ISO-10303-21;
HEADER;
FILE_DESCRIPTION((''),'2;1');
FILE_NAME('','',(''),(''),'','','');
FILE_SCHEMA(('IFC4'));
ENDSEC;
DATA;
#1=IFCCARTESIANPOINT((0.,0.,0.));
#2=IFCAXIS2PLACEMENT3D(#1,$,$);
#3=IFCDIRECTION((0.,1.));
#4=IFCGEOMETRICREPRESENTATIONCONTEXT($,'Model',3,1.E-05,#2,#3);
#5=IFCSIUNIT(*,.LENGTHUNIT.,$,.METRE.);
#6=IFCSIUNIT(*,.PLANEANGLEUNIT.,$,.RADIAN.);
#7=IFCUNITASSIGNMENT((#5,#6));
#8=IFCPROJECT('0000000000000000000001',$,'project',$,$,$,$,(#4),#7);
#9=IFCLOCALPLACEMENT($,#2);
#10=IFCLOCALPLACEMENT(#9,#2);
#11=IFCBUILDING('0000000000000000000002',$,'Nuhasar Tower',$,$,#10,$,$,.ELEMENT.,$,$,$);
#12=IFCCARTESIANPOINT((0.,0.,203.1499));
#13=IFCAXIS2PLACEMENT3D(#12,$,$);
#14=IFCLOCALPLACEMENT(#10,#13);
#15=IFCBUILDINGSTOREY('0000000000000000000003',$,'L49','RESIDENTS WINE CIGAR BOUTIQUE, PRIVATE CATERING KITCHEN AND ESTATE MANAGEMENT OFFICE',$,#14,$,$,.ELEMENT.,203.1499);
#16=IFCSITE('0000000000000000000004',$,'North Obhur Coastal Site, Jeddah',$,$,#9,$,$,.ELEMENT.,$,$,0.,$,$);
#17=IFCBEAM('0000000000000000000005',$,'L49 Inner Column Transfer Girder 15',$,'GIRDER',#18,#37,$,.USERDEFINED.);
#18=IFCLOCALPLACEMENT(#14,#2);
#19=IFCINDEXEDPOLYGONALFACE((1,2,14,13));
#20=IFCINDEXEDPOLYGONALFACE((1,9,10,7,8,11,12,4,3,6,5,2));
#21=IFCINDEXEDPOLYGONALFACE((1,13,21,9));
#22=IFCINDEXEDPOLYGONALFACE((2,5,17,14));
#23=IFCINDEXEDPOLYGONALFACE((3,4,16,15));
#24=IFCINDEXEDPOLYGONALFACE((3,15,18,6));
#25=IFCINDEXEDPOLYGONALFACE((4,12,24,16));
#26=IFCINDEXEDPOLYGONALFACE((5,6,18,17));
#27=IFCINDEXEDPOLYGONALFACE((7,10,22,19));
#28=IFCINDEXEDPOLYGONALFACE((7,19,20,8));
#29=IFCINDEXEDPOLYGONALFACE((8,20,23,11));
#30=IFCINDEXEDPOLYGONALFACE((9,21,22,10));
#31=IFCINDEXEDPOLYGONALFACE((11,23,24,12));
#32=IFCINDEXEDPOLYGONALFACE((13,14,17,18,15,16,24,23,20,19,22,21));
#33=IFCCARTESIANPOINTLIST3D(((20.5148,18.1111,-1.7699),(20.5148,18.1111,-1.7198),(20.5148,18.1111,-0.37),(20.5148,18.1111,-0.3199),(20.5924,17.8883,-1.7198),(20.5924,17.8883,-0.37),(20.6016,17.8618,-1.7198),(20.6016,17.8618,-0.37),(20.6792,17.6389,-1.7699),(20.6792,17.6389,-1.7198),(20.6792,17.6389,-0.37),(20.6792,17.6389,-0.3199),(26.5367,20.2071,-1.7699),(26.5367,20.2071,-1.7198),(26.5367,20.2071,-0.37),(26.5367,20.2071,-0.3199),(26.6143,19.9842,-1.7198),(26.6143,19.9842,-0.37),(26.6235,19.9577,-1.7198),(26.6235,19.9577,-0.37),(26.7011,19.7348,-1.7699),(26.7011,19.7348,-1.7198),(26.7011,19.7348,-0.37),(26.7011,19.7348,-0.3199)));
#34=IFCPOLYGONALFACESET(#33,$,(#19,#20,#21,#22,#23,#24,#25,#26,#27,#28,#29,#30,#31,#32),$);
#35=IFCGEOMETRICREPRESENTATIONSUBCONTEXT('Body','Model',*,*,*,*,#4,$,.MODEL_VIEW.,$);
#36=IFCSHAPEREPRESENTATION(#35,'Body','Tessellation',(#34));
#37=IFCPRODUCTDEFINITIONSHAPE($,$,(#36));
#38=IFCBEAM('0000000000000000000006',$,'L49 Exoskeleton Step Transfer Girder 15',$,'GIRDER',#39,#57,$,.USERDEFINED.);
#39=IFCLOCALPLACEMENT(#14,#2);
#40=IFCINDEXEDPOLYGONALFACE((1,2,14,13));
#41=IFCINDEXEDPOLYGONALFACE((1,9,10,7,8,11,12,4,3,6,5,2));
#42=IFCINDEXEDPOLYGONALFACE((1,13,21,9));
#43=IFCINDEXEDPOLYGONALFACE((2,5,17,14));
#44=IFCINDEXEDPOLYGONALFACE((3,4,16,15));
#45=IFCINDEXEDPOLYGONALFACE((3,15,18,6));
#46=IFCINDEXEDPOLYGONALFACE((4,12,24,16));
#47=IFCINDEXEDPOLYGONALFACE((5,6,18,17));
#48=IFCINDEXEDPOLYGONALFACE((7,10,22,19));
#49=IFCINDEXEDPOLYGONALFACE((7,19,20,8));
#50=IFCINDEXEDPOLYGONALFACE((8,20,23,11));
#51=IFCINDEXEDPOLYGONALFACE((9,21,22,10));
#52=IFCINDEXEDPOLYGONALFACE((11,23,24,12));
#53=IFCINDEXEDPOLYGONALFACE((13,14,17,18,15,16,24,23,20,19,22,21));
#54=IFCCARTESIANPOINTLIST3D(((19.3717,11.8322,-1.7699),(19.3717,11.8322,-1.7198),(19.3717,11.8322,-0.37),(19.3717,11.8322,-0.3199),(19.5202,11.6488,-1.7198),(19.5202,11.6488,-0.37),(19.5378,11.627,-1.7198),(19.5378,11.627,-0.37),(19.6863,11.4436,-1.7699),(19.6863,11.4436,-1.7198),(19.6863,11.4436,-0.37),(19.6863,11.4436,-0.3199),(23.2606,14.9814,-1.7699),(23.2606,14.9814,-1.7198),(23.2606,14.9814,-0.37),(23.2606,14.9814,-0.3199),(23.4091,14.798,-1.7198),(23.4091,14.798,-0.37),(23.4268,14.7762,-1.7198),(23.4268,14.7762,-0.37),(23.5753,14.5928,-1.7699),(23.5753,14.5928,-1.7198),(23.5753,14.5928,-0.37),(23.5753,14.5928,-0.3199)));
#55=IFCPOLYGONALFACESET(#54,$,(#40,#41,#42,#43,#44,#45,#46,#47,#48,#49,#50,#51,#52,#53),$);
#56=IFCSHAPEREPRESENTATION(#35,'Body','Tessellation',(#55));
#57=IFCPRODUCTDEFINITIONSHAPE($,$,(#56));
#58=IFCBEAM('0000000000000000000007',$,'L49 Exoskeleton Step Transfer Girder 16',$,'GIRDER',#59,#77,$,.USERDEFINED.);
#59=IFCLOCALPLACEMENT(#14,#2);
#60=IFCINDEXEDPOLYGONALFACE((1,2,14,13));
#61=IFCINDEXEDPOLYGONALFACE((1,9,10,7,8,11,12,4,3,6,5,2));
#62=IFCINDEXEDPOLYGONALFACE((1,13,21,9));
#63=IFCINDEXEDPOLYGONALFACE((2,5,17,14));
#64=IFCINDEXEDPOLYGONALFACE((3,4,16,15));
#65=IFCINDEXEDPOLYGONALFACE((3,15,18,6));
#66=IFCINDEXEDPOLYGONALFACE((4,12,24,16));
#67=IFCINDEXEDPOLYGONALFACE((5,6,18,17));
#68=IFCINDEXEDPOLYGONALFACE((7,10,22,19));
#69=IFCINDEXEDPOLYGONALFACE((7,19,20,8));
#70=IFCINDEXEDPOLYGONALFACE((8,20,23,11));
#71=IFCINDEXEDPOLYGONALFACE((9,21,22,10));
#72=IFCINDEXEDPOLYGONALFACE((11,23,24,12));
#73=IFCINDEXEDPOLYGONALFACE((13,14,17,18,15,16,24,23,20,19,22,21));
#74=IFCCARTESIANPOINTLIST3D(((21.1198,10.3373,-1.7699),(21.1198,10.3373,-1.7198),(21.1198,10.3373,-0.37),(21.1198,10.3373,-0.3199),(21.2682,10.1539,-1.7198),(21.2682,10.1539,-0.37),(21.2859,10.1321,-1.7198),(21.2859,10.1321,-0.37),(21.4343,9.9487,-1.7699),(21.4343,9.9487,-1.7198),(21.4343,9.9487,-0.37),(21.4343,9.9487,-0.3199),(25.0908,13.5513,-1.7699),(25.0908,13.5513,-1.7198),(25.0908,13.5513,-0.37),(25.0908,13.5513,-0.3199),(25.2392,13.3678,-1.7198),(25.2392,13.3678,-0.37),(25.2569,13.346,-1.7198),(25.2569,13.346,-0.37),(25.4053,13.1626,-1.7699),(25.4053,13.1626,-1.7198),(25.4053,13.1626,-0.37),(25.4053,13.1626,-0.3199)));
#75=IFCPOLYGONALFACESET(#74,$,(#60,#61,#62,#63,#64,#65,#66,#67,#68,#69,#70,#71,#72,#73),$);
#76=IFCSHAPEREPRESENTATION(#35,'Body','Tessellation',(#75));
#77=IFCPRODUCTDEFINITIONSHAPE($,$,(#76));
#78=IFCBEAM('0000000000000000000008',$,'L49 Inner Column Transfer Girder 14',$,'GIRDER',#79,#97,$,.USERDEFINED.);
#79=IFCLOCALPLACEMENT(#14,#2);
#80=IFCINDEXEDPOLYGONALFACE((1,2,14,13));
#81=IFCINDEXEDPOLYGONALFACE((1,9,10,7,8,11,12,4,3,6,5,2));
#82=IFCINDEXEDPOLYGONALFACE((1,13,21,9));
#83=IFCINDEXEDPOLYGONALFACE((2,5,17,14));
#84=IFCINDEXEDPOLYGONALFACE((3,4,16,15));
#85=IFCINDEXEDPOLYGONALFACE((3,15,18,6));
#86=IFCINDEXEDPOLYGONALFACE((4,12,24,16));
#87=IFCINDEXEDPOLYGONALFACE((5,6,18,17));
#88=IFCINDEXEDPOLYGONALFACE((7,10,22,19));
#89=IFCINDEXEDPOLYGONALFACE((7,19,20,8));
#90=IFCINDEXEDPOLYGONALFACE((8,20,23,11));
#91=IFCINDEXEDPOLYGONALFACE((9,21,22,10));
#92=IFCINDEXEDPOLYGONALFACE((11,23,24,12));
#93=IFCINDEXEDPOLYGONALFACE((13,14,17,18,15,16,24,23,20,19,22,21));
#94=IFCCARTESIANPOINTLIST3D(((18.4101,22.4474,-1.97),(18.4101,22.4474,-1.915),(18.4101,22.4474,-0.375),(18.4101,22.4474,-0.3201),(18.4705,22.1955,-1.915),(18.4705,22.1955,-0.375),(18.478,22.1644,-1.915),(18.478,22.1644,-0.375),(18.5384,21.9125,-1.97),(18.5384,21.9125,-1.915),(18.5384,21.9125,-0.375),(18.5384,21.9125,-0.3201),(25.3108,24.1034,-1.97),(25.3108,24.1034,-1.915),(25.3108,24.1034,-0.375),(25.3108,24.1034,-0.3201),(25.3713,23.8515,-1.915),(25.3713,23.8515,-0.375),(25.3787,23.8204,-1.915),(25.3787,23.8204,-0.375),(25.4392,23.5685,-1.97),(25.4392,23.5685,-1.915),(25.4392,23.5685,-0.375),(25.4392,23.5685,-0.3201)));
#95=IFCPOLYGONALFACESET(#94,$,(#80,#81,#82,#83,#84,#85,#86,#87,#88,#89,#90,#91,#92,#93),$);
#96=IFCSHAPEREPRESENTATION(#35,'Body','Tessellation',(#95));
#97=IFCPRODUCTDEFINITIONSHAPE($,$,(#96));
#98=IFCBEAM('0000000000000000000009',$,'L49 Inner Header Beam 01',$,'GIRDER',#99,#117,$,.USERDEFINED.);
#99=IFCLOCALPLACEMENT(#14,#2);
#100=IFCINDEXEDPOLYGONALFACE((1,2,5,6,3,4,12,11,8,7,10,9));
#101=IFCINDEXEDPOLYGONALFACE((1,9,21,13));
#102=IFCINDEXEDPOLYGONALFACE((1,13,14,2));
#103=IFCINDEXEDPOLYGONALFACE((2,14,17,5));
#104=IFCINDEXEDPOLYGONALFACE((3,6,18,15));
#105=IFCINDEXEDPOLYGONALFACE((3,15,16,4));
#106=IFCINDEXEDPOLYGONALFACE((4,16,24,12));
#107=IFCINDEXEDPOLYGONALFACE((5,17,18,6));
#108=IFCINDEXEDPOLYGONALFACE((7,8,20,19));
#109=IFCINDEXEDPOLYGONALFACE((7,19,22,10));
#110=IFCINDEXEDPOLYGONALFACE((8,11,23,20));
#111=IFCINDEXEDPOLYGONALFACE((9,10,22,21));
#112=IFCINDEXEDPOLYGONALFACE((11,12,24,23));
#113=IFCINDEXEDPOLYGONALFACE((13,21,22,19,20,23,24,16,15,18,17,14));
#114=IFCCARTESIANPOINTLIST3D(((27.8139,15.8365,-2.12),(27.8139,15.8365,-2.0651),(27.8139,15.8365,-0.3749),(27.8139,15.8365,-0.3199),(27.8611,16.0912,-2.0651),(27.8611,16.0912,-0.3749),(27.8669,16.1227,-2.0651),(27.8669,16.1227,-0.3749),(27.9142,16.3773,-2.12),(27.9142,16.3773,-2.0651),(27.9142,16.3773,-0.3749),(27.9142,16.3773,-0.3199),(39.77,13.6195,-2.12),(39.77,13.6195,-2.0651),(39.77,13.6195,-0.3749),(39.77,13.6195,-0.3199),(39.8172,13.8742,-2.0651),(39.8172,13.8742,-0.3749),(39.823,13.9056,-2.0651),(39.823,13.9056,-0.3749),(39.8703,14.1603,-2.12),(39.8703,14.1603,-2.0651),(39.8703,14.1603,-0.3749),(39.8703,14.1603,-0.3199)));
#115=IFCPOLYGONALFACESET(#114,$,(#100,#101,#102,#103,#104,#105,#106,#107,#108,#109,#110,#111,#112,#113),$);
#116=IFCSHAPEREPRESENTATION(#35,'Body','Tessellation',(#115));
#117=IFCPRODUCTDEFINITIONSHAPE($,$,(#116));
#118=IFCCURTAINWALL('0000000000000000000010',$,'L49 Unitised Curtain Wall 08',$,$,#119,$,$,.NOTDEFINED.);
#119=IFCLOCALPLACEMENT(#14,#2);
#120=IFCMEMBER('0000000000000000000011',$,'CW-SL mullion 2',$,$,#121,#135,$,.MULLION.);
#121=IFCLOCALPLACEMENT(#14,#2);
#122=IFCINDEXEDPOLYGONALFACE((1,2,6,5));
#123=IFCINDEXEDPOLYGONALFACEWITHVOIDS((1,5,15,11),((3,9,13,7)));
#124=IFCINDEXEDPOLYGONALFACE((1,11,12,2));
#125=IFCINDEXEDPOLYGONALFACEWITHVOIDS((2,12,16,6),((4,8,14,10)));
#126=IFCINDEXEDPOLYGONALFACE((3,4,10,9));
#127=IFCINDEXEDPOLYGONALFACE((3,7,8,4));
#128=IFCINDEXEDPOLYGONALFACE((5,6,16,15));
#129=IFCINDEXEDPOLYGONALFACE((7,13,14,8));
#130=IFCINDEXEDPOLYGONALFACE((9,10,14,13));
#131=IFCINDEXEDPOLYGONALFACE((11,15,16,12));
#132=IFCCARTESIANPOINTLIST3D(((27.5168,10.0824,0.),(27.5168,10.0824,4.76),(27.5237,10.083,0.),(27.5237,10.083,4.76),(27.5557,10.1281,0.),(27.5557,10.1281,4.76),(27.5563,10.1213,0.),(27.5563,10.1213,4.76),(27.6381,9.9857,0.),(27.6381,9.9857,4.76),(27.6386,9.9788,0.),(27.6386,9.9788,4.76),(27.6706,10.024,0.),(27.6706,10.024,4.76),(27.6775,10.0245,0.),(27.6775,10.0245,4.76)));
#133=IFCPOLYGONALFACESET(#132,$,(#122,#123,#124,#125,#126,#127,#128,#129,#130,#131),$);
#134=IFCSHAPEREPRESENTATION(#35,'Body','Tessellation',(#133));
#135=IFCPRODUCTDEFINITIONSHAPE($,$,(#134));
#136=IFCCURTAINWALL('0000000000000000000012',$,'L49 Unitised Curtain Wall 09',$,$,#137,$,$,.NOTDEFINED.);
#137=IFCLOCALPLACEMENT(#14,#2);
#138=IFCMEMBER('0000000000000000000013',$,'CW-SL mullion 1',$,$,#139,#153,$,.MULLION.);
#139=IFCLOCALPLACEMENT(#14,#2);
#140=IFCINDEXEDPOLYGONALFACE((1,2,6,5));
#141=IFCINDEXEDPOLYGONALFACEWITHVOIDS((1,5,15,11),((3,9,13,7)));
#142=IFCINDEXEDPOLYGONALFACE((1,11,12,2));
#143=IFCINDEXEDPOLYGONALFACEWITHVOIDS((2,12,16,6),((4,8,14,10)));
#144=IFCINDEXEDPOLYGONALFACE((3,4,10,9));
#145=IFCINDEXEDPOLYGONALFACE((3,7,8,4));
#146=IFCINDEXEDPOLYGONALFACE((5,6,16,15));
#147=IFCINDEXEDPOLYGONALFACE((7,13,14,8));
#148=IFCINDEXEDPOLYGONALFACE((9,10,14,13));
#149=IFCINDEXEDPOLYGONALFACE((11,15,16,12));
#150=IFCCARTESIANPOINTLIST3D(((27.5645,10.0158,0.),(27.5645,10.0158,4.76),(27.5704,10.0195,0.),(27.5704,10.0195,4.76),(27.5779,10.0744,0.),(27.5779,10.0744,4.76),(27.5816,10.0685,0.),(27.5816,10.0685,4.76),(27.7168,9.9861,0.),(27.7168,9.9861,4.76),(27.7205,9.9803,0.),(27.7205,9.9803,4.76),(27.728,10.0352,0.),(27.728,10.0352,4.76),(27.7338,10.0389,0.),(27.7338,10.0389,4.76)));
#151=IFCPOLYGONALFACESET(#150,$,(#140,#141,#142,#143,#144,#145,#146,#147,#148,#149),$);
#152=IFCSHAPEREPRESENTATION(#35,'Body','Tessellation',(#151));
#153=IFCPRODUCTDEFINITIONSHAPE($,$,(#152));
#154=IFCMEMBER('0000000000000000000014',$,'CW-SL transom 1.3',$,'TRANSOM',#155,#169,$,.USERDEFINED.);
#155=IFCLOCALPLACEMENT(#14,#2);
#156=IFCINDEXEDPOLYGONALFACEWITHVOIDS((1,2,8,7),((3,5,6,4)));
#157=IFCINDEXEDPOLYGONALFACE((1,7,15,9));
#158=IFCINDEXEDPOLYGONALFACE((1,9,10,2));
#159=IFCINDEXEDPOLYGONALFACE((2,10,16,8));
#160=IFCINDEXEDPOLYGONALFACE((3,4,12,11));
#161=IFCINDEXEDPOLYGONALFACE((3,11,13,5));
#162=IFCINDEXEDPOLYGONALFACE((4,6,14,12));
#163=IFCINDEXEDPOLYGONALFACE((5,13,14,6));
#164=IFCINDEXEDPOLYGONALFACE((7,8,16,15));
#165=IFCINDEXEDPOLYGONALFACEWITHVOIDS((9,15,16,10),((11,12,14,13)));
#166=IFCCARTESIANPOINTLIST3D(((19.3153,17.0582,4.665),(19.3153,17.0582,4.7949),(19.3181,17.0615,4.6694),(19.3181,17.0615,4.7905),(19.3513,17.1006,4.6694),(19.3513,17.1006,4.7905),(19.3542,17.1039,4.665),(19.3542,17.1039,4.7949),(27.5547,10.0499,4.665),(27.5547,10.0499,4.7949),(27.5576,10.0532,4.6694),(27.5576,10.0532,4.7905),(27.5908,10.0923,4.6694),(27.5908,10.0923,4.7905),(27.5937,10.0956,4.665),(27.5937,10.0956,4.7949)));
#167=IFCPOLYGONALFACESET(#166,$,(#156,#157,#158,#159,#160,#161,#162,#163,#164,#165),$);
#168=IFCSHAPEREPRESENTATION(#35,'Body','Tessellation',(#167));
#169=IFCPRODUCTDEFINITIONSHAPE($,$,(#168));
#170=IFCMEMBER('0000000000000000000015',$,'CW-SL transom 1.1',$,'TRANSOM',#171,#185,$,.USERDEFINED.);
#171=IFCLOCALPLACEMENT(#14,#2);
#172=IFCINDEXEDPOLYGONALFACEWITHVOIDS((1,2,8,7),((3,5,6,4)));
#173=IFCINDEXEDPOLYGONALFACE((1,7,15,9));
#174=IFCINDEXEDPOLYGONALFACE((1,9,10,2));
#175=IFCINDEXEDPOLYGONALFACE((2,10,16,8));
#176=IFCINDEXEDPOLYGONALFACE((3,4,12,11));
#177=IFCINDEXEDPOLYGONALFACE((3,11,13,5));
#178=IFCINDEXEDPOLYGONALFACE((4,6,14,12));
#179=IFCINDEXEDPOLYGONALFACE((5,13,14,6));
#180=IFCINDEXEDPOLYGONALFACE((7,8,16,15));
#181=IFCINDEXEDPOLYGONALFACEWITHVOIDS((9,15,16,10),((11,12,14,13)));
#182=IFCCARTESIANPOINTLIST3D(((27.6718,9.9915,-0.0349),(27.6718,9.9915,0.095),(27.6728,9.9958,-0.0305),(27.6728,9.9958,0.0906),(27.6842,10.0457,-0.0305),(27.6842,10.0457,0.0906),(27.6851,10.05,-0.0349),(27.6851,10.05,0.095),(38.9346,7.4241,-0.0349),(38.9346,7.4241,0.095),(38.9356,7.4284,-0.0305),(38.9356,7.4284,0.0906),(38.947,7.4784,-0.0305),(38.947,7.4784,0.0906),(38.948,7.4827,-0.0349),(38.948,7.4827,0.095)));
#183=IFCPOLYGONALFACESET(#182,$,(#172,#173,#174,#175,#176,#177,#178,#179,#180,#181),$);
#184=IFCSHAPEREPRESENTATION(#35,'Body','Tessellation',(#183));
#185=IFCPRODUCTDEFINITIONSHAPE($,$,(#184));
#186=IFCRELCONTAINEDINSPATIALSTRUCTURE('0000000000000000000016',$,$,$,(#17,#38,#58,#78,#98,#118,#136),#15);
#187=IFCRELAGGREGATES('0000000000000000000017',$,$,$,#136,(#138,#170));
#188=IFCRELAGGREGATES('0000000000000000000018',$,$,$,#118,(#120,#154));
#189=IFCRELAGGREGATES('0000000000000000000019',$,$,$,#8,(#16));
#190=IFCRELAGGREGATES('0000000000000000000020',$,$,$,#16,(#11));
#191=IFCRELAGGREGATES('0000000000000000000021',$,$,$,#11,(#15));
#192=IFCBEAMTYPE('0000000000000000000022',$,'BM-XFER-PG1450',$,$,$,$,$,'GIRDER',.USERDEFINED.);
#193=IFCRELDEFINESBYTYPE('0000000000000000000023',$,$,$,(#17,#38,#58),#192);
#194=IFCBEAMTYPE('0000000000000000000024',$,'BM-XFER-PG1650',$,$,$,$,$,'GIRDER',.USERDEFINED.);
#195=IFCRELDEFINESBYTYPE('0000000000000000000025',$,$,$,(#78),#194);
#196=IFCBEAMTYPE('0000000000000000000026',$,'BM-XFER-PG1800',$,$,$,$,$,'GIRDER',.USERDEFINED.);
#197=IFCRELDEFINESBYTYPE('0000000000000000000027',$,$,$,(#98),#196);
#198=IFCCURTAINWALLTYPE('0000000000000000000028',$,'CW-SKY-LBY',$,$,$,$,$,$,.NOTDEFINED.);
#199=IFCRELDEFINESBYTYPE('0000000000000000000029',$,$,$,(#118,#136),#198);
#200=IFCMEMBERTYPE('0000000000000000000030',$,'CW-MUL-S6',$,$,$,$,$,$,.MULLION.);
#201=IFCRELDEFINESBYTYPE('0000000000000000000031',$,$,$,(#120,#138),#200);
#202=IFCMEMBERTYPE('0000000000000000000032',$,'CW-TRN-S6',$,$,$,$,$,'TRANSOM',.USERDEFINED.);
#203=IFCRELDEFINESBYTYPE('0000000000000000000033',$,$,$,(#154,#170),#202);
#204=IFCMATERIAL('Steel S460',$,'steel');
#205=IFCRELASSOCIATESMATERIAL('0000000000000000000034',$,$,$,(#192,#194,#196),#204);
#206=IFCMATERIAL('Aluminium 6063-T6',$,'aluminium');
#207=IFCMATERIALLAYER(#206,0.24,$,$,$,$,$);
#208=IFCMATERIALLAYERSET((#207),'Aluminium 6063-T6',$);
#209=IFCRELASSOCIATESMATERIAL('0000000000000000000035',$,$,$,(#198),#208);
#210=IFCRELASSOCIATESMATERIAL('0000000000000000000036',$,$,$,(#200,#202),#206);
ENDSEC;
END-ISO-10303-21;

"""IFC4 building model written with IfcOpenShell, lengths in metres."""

from ifc_helpers import new_model, si_unit, direction, frame, origin, origin_2d, place, context, subcontext, project, spatial, hollow_rectangle, i_section, extrude, material, layer, layer_set, material_profile, profile_set, type_object, element, aggregate, save


model = new_model("IFC4")

# Units and contexts
model_context = context("Model", 3, precision=1e-05, world=origin(), true_north=direction((0.0, 1.0)))
body_context = subcontext(model_context, "Body", "Model", "MODEL_VIEW")
ifc_project = project(units=[si_unit("LENGTHUNIT", "METRE"), si_unit("PLANEANGLEUNIT", "RADIAN")], contexts=[model_context])

# Site, building, storey
site_placement = place(None, origin())
site = spatial("IfcSite", under=ifc_project, at=site_placement, Name="North Obhur Coastal Site, Jeddah", CompositionType="ELEMENT", RefElevation=0.0)
building_placement = place(site_placement, origin())
building = spatial("IfcBuilding", under=site, at=building_placement, Name="Nuhasar Tower", CompositionType="ELEMENT")
storey_placement = place(building_placement, frame((0.0, 0.0, 203.1499)))
storey = spatial("IfcBuildingStorey", under=building, at=storey_placement, Name="L49", Description="RESIDENTS WINE CIGAR BOUTIQUE, PRIVATE CATERING KITCHEN AND ESTATE MANAGEMENT OFFICE", CompositionType="ELEMENT", Elevation=203.1499)

# Beams
ifc_material_1 = material(Name="Steel S460", Category="steel")
ifc_material_profile_1 = material_profile(ifc_material_1, i_section(OverallWidth=0.5, OverallDepth=1.45, WebThickness=0.0281, FlangeThickness=0.05, at=origin_2d()), Name="PG1450X500")
ifc_profile_set_1 = profile_set([ifc_material_profile_1], Name="Steel S460")
beam_type_1 = type_object("IfcBeamType", Name="BM-XFER-PG1450", ElementType="GIRDER", PredefinedType="USERDEFINED", material=ifc_profile_set_1)
beam_1_placement = place(storey_placement, frame((26.6189, 19.9709, -1.0449), z_axis=(-0.944431, -0.328709, 0.0), x_axis=(0.328709, -0.944431, 0.0)))
element("IfcBeam", 1, at=beam_1_placement, inside=storey, type_object=beam_type_1, Name="L49 Inner Column Transfer Girder 15", ObjectType="GIRDER", PredefinedType="USERDEFINED", context=body_context, shape_type="SweptSolid", body=[
    extrude(i_section(OverallWidth=0.5, OverallDepth=1.45, WebThickness=0.0281, FlangeThickness=0.05, at=origin_2d()), origin(), (0.0, 0.0, 1.0), 6.3762),
])
beam_2_placement = place(storey_placement, frame((23.418, 14.7871, -1.0449), z_axis=(-0.777147, -0.629319, 0.0), x_axis=(0.629319, -0.777147, 0.0)))
element("IfcBeam", 2, at=beam_2_placement, inside=storey, type_object=beam_type_1, Name="L49 Exoskeleton Step Transfer Girder 15", ObjectType="GIRDER", PredefinedType="USERDEFINED", context=body_context, shape_type="SweptSolid", body=[
    extrude(i_section(OverallWidth=0.5, OverallDepth=1.45, WebThickness=0.0281, FlangeThickness=0.05, at=origin_2d()), origin(), (0.0, 0.0, 1.0), 5.0042),
])
beam_3_placement = place(storey_placement, frame((25.248, 13.3569, -1.0449), z_axis=(-0.777313, -0.629114, 0.0), x_axis=(0.629114, -0.777313, 0.0)))
element("IfcBeam", 3, at=beam_3_placement, inside=storey, type_object=beam_type_1, Name="L49 Exoskeleton Step Transfer Girder 16", ObjectType="GIRDER", PredefinedType="USERDEFINED", context=body_context, shape_type="SweptSolid", body=[
    extrude(i_section(OverallWidth=0.5, OverallDepth=1.45, WebThickness=0.0281, FlangeThickness=0.05, at=origin_2d()), origin(), (0.0, 0.0, 1.0), 5.1086),
])
ifc_material_profile_2 = material_profile(ifc_material_1, i_section(OverallWidth=0.55, OverallDepth=1.6499, WebThickness=0.032, FlangeThickness=0.0549, at=origin_2d()), Name="PG1650X550")
ifc_profile_set_2 = profile_set([ifc_material_profile_2], Name="Steel S460")
beam_type_2 = type_object("IfcBeamType", Name="BM-XFER-PG1650", ElementType="GIRDER", PredefinedType="USERDEFINED", material=ifc_profile_set_2)
beam_4_placement = place(storey_placement, frame((25.375, 23.8359, -1.145), z_axis=(-0.972394, -0.233346, 0.0), x_axis=(0.233346, -0.972394, 0.0)))
element("IfcBeam", 4, at=beam_4_placement, inside=storey, type_object=beam_type_2, Name="L49 Inner Column Transfer Girder 14", ObjectType="GIRDER", PredefinedType="USERDEFINED", context=body_context, shape_type="SweptSolid", body=[
    extrude(i_section(OverallWidth=0.55, OverallDepth=1.6499, WebThickness=0.032, FlangeThickness=0.0549, at=origin_2d()), origin(), (0.0, 0.0, 1.0), 7.0967),
])
ifc_material_profile_3 = material_profile(ifc_material_1, i_section(OverallWidth=0.55, OverallDepth=1.8, WebThickness=0.032, FlangeThickness=0.0549, at=origin_2d()), Name="PG1800X550")
ifc_profile_set_3 = profile_set([ifc_material_profile_3], Name="Steel S460")
beam_type_3 = type_object("IfcBeamType", Name="BM-XFER-PG1800", ElementType="GIRDER", PredefinedType="USERDEFINED", material=ifc_profile_set_3)
beam_5_placement = place(storey_placement, frame((27.864, 16.1069, -1.22), z_axis=(0.983238, -0.182324, 0.0), x_axis=(0.182324, 0.983238, 0.0)))
element("IfcBeam", 5, at=beam_5_placement, inside=storey, type_object=beam_type_3, Name="L49 Inner Header Beam 01", ObjectType="GIRDER", PredefinedType="USERDEFINED", context=body_context, shape_type="SweptSolid", body=[
    extrude(i_section(OverallWidth=0.55, OverallDepth=1.8, WebThickness=0.032, FlangeThickness=0.0549, at=origin_2d()), origin(), (0.0, 0.0, 1.0), 12.1599),
])

# Curtain walls, members
ifc_material_2 = material(Name="Aluminium 6063-T6", Category="aluminium")
ifc_layer_1 = layer(ifc_material_2, 0.24)
ifc_layer_set_1 = layer_set([ifc_layer_1], Name="Aluminium 6063-T6")
curtain_wall_type = type_object("IfcCurtainWallType", Name="CW-SKY-LBY", PredefinedType="NOTDEFINED", material=ifc_layer_set_1)
curtain_wall_1_placement = place(storey_placement, origin())
curtain_wall_1 = element("IfcCurtainWall", 6, at=curtain_wall_1_placement, inside=storey, type_object=curtain_wall_type, Name="L49 Unitised Curtain Wall 08", PredefinedType="NOTDEFINED")
ifc_material_profile_4 = material_profile(ifc_material_2, hollow_rectangle(XDim=0.0601, YDim=0.1599, WallThickness=0.0049, at=origin_2d()), Name="CWM-6")
ifc_profile_set_4 = profile_set([ifc_material_profile_4], Name="Aluminium 6063-T6")
member_type_1 = type_object("IfcMemberType", Name="CW-MUL-S6", PredefinedType="MULLION", material=ifc_profile_set_4)
member_1_placement = place(storey_placement, frame((27.5972, 10.0535, 0.0), z_axis=(0.0, 0.0, 1.0), x_axis=(0.647895, 0.761729, 0.0)))
member_1 = element("IfcMember", 7, at=member_1_placement, type_object=member_type_1, Name="CW-SL mullion 2", PredefinedType="MULLION", context=body_context, shape_type="SweptSolid", body=[
    extrude(hollow_rectangle(XDim=0.0601, YDim=0.1599, WallThickness=0.0049, at=origin_2d()), origin(), (0.0, 0.0, 1.0), 4.76),
])
curtain_wall_2_placement = place(storey_placement, origin())
curtain_wall_2 = element("IfcCurtainWall", 8, at=curtain_wall_2_placement, inside=storey, type_object=curtain_wall_type, Name="L49 Unitised Curtain Wall 09", PredefinedType="NOTDEFINED")
member_2_placement = place(storey_placement, frame((27.6492, 10.0273, 0.0), z_axis=(0.0, 0.0, 1.0), x_axis=(0.222243, 0.974991, 0.0)))
member_2 = element("IfcMember", 9, at=member_2_placement, type_object=member_type_1, Name="CW-SL mullion 1", PredefinedType="MULLION", context=body_context, shape_type="SweptSolid", body=[
    extrude(hollow_rectangle(XDim=0.0601, YDim=0.1599, WallThickness=0.0049, at=origin_2d()), origin(), (0.0, 0.0, 1.0), 4.76),
])

# Members
ifc_material_profile_5 = material_profile(ifc_material_2, hollow_rectangle(XDim=0.0601, YDim=0.1299, WallThickness=0.0044, at=origin_2d()), Name="CWT-6")
ifc_profile_set_5 = profile_set([ifc_material_profile_5], Name="Aluminium 6063-T6")
member_type_2 = type_object("IfcMemberType", Name="CW-TRN-S6", ElementType="TRANSOM", PredefinedType="USERDEFINED", material=ifc_profile_set_5)
member_3_placement = place(storey_placement, frame((19.3347, 17.0811, 4.73), z_axis=(0.761724, -0.647902, 0.0), x_axis=(0.647902, 0.761724, 0.0)))
member_3 = element("IfcMember", 10, at=member_3_placement, type_object=member_type_2, Name="CW-SL transom 1.3", ObjectType="TRANSOM", PredefinedType="USERDEFINED", context=body_context, shape_type="SweptSolid", body=[
    extrude(hollow_rectangle(XDim=0.0601, YDim=0.1299, WallThickness=0.0044, at=origin_2d()), origin(), (0.0, 0.0, 1.0), 10.8169),
])
member_4_placement = place(storey_placement, frame((27.6785, 10.0208, 0.03), z_axis=(0.97499, -0.222249, 0.0), x_axis=(0.222249, 0.97499, 0.0)))
member_4 = element("IfcMember", 11, at=member_4_placement, type_object=member_type_2, Name="CW-SL transom 1.1", ObjectType="TRANSOM", PredefinedType="USERDEFINED", context=body_context, shape_type="SweptSolid", body=[
    extrude(hollow_rectangle(XDim=0.0601, YDim=0.1299, WallThickness=0.0044, at=origin_2d()), origin(), (0.0, 0.0, 1.0), 11.5518),
])
aggregate(curtain_wall_2, [member_2, member_4])

aggregate(curtain_wall_1, [member_1, member_3])

save(model, "model.ifc")
